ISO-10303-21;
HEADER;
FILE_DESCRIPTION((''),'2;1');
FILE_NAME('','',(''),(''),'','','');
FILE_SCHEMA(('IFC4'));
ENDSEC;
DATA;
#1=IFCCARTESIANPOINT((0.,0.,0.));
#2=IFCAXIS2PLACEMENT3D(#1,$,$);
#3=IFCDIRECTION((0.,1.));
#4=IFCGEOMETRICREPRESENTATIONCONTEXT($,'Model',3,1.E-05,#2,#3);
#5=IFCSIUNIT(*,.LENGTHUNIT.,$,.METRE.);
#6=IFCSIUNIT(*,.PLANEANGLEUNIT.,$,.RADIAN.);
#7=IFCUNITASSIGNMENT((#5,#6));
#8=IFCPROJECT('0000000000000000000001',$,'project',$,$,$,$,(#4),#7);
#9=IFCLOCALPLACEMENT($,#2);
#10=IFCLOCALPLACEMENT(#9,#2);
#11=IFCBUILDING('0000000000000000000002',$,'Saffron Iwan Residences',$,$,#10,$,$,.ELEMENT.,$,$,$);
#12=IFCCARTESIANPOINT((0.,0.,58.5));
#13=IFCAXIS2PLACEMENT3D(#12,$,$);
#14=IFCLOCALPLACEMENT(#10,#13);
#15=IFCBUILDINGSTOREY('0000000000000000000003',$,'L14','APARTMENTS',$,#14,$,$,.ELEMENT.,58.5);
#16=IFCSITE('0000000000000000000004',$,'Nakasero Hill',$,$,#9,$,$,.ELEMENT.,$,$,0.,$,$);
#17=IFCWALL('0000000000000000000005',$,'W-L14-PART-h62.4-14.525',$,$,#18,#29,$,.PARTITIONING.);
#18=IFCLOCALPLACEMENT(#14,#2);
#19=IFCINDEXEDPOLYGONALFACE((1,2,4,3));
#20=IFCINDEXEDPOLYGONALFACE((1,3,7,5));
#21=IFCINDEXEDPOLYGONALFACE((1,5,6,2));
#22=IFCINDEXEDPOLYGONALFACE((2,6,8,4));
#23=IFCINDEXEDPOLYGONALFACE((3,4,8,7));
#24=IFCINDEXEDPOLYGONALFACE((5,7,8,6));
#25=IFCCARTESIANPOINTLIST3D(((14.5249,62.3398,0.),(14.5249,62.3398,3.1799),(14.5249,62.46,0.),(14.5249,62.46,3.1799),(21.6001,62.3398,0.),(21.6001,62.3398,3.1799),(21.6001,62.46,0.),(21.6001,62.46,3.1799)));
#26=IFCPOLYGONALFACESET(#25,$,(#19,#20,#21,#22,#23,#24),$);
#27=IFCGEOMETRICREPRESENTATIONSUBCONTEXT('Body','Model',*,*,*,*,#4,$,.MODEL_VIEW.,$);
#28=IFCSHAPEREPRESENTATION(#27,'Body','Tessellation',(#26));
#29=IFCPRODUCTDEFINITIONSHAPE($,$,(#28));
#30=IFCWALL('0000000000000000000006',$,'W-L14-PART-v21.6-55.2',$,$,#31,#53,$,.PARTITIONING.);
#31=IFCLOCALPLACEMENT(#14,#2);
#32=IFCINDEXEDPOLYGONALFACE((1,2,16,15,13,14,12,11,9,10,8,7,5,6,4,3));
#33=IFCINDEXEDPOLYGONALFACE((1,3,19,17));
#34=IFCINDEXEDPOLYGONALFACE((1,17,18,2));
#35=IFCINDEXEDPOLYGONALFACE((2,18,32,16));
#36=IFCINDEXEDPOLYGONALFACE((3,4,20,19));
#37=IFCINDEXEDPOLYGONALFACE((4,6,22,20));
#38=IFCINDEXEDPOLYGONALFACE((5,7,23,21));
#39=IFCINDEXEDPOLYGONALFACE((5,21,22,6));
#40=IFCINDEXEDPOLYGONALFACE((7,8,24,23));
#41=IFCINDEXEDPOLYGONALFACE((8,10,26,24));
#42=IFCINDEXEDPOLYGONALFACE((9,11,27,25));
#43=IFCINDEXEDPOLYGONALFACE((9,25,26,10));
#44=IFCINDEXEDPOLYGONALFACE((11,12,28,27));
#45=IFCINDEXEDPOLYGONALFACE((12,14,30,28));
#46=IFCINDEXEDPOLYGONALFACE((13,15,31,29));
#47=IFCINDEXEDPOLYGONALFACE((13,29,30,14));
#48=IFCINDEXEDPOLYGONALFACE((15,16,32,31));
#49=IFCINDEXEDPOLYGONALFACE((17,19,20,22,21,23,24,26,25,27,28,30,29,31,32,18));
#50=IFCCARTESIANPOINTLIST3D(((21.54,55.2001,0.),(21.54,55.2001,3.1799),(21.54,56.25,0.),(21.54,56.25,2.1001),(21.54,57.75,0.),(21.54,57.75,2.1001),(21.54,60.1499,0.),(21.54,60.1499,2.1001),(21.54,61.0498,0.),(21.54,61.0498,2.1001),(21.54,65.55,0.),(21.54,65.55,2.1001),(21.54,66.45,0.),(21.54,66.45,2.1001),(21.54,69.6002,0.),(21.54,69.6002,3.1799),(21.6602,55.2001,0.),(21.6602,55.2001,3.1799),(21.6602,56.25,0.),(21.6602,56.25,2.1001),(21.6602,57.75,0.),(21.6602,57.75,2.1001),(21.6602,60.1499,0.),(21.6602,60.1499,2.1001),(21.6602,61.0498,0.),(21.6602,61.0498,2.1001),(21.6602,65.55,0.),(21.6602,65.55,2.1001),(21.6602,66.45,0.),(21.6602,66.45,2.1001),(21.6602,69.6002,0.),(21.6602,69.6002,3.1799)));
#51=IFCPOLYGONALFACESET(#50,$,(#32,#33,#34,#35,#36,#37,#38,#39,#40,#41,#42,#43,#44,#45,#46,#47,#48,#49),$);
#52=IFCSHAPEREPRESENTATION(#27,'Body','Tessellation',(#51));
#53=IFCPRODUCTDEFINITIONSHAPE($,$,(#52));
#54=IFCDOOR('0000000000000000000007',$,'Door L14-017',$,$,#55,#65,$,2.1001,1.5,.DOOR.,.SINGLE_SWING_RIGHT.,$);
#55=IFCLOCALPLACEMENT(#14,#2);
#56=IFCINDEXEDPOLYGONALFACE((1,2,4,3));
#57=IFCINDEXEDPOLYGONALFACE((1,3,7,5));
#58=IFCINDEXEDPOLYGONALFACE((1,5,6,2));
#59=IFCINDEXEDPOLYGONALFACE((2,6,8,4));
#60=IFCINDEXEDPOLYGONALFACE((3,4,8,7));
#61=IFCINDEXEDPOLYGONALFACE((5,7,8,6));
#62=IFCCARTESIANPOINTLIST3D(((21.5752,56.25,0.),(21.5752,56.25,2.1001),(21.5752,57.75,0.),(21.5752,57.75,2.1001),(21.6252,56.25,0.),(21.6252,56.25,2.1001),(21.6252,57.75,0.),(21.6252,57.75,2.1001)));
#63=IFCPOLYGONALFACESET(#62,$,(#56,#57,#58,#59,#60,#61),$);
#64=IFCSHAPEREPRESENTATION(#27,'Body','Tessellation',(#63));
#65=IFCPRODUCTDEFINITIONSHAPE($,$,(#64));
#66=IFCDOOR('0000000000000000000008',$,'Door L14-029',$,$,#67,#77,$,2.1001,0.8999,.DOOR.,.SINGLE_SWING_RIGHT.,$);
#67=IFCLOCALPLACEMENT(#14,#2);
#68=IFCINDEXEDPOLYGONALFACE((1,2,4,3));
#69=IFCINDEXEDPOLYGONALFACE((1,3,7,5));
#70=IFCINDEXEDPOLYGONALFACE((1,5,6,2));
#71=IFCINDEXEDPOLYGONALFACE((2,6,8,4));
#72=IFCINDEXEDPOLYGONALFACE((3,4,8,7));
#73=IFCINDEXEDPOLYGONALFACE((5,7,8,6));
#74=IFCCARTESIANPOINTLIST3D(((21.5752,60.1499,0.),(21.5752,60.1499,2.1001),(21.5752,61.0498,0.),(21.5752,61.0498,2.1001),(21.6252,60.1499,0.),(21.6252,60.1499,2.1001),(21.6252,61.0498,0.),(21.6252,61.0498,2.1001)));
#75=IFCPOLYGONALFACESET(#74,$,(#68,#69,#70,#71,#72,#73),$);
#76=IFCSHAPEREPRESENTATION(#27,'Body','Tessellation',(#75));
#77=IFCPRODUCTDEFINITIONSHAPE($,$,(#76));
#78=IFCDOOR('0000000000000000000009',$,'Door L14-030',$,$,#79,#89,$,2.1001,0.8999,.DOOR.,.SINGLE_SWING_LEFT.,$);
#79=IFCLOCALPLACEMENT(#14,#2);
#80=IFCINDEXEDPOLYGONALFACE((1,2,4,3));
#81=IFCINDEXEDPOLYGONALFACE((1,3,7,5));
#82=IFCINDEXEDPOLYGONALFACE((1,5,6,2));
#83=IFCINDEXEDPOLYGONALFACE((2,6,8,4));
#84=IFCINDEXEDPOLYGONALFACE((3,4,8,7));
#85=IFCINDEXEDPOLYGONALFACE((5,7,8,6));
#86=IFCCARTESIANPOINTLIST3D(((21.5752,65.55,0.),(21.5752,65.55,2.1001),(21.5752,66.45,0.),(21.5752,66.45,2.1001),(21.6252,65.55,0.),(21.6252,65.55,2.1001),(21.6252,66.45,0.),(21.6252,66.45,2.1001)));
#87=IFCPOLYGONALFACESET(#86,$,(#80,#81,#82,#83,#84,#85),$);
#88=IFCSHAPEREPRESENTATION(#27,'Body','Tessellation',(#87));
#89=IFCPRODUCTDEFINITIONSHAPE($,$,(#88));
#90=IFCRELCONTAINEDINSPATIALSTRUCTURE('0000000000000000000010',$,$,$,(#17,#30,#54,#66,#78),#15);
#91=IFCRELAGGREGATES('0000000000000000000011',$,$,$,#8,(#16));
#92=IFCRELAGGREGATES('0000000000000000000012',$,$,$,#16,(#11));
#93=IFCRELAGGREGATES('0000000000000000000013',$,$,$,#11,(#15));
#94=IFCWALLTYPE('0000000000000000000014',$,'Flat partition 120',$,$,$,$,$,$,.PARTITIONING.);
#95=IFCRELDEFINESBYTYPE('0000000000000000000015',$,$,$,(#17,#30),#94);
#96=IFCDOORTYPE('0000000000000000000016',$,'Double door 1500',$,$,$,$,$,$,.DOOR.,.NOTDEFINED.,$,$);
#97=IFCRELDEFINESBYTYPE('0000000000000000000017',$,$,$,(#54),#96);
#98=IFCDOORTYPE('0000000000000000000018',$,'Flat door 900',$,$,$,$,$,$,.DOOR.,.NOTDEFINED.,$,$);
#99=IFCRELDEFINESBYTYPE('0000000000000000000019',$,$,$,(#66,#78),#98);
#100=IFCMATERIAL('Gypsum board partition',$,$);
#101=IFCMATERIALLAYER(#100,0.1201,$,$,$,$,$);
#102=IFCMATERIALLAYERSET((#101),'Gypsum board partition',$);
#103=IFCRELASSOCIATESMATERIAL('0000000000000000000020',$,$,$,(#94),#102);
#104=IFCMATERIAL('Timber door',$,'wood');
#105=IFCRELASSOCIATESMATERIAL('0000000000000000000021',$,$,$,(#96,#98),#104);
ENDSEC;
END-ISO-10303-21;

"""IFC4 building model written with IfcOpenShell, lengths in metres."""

from ifc_helpers import new_model, si_unit, direction, frame, frame_2d, origin, place, context, subcontext, project, spatial, rectangle, extrude, material, layer, layer_set, type_object, element, fill, save


model = new_model("IFC4")

# Units and contexts
model_context = context("Model", 3, precision=1e-05, world=origin(), true_north=direction((0.0, 1.0)))
body_context = subcontext(model_context, "Body", "Model", "MODEL_VIEW")
ifc_project = project(units=[si_unit("LENGTHUNIT", "METRE"), si_unit("PLANEANGLEUNIT", "RADIAN")], contexts=[model_context])

# Site, building, storey
site_placement = place(None, origin())
site = spatial("IfcSite", under=ifc_project, at=site_placement, Name="Nakasero Hill", CompositionType="ELEMENT", RefElevation=0.0)
building_placement = place(site_placement, origin())
building = spatial("IfcBuilding", under=site, at=building_placement, Name="Saffron Iwan Residences", CompositionType="ELEMENT")
storey_placement = place(building_placement, frame((0.0, 0.0, 58.5)))
storey = spatial("IfcBuildingStorey", under=building, at=storey_placement, Name="L14", Description="APARTMENTS", CompositionType="ELEMENT", Elevation=58.5)

# Wall
ifc_material_1 = material(Name="Gypsum board partition")
ifc_layer_1 = layer(ifc_material_1, 0.1201)
ifc_layer_set_1 = layer_set([ifc_layer_1], Name="Gypsum board partition")
wall_type_1 = type_object("IfcWallType", Name="Flat partition 120", PredefinedType="PARTITIONING", material=ifc_layer_set_1)
wall_1_placement = place(storey_placement, frame((14.5249, 62.3999, 0.0), z_axis=(0.0, 0.0, 1.0), x_axis=(1.0, 0.0, 0.0)))
element("IfcWall", 1, at=wall_1_placement, inside=storey, type_object=wall_type_1, Name="W-L14-PART-h62.4-14.525", PredefinedType="PARTITIONING", context=body_context, shape_type="SweptSolid", body=[
    extrude(rectangle(XDim=7.0752, YDim=0.1201, at=frame_2d((3.5376, 0.0))), origin(), (0.0, 0.0, 1.0), 3.1799),
])

# Wall, openings, doors
wall_2_placement = place(storey_placement, frame((21.6001, 55.2, 0.0), z_axis=(0.0, 0.0, 1.0), x_axis=(0.0, 1.0, 0.0)))
wall_2 = element("IfcWall", 2, at=wall_2_placement, inside=storey, type_object=wall_type_1, Name="W-L14-PART-v21.6-55.2", PredefinedType="PARTITIONING", context=body_context, shape_type="SweptSolid", body=[
    extrude(rectangle(XDim=14.4001, YDim=0.1201, at=frame_2d((7.2002, 0.0))), origin(), (0.0, 0.0, 1.0), 3.1799),
])
opening_1_placement = place(wall_2_placement, frame((1.05, 0.0, 0.0)))
opening_1 = element("IfcOpeningElement", 3, at=opening_1_placement, cuts=wall_2, PredefinedType="OPENING", context=body_context, shape_type="SweptSolid", body=[
    extrude(rectangle(XDim=1.5, YDim=2.1001, at=frame_2d((0.75, 1.05))), frame((0.0, 0.0701, 0.0), z_axis=(0.0, -1.0, 0.0), x_axis=(1.0, 0.0, 0.0)), (0.0, 0.0, 1.0), 0.1401),
])
opening_2_placement = place(wall_2_placement, frame((4.95, 0.0, 0.0)))
opening_2 = element("IfcOpeningElement", 4, at=opening_2_placement, cuts=wall_2, PredefinedType="OPENING", context=body_context, shape_type="SweptSolid", body=[
    extrude(rectangle(XDim=0.8999, YDim=2.1001, at=frame_2d((0.45, 1.05))), frame((0.0, 0.0701, 0.0), z_axis=(0.0, -1.0, 0.0), x_axis=(1.0, 0.0, 0.0)), (0.0, 0.0, 1.0), 0.1401),
])
opening_3_placement = place(wall_2_placement, frame((10.3501, 0.0, 0.0)))
opening_3 = element("IfcOpeningElement", 5, at=opening_3_placement, cuts=wall_2, PredefinedType="OPENING", context=body_context, shape_type="SweptSolid", body=[
    extrude(rectangle(XDim=0.8999, YDim=2.1001, at=frame_2d((0.45, 1.05))), frame((0.0, 0.0701, 0.0), z_axis=(0.0, -1.0, 0.0), x_axis=(1.0, 0.0, 0.0)), (0.0, 0.0, 1.0), 0.1401),
])
ifc_material_2 = material(Name="Timber door", Category="wood")
door_type_1 = type_object("IfcDoorType", Name="Double door 1500", OperationType="NOTDEFINED", PredefinedType="DOOR", material=ifc_material_2)
door_1_placement = place(opening_1_placement, origin())
door_1 = element("IfcDoor", 6, at=door_1_placement, inside=storey, type_object=door_type_1, Name="Door L14-017", OperationType="SINGLE_SWING_RIGHT", OverallHeight=2.1001, OverallWidth=1.5, PredefinedType="DOOR", context=body_context, shape_type="SweptSolid", body=[
    extrude(rectangle(XDim=1.5, YDim=2.1001, at=frame_2d((0.75, 1.05))), frame((0.0, 0.0249, 0.0), z_axis=(0.0, -1.0, 0.0), x_axis=(1.0, 0.0, 0.0)), (0.0, 0.0, 1.0), 0.05),
])
fill(opening_1, door_1)
door_type_2 = type_object("IfcDoorType", Name="Flat door 900", OperationType="NOTDEFINED", PredefinedType="DOOR", material=ifc_material_2)
door_2_placement = place(opening_2_placement, origin())
door_2 = element("IfcDoor", 7, at=door_2_placement, inside=storey, type_object=door_type_2, Name="Door L14-029", OperationType="SINGLE_SWING_RIGHT", OverallHeight=2.1001, OverallWidth=0.8999, PredefinedType="DOOR", context=body_context, shape_type="SweptSolid", body=[
    extrude(rectangle(XDim=0.8999, YDim=2.1001, at=frame_2d((0.45, 1.05))), frame((0.0, 0.0249, 0.0), z_axis=(0.0, -1.0, 0.0), x_axis=(1.0, 0.0, 0.0)), (0.0, 0.0, 1.0), 0.05),
])
fill(opening_2, door_2)
door_3_placement = place(opening_3_placement, origin())
door_3 = element("IfcDoor", 8, at=door_3_placement, inside=storey, type_object=door_type_2, Name="Door L14-030", OperationType="SINGLE_SWING_LEFT", OverallHeight=2.1001, OverallWidth=0.8999, PredefinedType="DOOR", context=body_context, shape_type="SweptSolid", body=[
    extrude(rectangle(XDim=0.8999, YDim=2.1001, at=frame_2d((0.45, 1.05))), frame((0.0, 0.0249, 0.0), z_axis=(0.0, -1.0, 0.0), x_axis=(1.0, 0.0, 0.0)), (0.0, 0.0, 1.0), 0.05),
])
fill(opening_3, door_3)

save(model, "model.ifc")
